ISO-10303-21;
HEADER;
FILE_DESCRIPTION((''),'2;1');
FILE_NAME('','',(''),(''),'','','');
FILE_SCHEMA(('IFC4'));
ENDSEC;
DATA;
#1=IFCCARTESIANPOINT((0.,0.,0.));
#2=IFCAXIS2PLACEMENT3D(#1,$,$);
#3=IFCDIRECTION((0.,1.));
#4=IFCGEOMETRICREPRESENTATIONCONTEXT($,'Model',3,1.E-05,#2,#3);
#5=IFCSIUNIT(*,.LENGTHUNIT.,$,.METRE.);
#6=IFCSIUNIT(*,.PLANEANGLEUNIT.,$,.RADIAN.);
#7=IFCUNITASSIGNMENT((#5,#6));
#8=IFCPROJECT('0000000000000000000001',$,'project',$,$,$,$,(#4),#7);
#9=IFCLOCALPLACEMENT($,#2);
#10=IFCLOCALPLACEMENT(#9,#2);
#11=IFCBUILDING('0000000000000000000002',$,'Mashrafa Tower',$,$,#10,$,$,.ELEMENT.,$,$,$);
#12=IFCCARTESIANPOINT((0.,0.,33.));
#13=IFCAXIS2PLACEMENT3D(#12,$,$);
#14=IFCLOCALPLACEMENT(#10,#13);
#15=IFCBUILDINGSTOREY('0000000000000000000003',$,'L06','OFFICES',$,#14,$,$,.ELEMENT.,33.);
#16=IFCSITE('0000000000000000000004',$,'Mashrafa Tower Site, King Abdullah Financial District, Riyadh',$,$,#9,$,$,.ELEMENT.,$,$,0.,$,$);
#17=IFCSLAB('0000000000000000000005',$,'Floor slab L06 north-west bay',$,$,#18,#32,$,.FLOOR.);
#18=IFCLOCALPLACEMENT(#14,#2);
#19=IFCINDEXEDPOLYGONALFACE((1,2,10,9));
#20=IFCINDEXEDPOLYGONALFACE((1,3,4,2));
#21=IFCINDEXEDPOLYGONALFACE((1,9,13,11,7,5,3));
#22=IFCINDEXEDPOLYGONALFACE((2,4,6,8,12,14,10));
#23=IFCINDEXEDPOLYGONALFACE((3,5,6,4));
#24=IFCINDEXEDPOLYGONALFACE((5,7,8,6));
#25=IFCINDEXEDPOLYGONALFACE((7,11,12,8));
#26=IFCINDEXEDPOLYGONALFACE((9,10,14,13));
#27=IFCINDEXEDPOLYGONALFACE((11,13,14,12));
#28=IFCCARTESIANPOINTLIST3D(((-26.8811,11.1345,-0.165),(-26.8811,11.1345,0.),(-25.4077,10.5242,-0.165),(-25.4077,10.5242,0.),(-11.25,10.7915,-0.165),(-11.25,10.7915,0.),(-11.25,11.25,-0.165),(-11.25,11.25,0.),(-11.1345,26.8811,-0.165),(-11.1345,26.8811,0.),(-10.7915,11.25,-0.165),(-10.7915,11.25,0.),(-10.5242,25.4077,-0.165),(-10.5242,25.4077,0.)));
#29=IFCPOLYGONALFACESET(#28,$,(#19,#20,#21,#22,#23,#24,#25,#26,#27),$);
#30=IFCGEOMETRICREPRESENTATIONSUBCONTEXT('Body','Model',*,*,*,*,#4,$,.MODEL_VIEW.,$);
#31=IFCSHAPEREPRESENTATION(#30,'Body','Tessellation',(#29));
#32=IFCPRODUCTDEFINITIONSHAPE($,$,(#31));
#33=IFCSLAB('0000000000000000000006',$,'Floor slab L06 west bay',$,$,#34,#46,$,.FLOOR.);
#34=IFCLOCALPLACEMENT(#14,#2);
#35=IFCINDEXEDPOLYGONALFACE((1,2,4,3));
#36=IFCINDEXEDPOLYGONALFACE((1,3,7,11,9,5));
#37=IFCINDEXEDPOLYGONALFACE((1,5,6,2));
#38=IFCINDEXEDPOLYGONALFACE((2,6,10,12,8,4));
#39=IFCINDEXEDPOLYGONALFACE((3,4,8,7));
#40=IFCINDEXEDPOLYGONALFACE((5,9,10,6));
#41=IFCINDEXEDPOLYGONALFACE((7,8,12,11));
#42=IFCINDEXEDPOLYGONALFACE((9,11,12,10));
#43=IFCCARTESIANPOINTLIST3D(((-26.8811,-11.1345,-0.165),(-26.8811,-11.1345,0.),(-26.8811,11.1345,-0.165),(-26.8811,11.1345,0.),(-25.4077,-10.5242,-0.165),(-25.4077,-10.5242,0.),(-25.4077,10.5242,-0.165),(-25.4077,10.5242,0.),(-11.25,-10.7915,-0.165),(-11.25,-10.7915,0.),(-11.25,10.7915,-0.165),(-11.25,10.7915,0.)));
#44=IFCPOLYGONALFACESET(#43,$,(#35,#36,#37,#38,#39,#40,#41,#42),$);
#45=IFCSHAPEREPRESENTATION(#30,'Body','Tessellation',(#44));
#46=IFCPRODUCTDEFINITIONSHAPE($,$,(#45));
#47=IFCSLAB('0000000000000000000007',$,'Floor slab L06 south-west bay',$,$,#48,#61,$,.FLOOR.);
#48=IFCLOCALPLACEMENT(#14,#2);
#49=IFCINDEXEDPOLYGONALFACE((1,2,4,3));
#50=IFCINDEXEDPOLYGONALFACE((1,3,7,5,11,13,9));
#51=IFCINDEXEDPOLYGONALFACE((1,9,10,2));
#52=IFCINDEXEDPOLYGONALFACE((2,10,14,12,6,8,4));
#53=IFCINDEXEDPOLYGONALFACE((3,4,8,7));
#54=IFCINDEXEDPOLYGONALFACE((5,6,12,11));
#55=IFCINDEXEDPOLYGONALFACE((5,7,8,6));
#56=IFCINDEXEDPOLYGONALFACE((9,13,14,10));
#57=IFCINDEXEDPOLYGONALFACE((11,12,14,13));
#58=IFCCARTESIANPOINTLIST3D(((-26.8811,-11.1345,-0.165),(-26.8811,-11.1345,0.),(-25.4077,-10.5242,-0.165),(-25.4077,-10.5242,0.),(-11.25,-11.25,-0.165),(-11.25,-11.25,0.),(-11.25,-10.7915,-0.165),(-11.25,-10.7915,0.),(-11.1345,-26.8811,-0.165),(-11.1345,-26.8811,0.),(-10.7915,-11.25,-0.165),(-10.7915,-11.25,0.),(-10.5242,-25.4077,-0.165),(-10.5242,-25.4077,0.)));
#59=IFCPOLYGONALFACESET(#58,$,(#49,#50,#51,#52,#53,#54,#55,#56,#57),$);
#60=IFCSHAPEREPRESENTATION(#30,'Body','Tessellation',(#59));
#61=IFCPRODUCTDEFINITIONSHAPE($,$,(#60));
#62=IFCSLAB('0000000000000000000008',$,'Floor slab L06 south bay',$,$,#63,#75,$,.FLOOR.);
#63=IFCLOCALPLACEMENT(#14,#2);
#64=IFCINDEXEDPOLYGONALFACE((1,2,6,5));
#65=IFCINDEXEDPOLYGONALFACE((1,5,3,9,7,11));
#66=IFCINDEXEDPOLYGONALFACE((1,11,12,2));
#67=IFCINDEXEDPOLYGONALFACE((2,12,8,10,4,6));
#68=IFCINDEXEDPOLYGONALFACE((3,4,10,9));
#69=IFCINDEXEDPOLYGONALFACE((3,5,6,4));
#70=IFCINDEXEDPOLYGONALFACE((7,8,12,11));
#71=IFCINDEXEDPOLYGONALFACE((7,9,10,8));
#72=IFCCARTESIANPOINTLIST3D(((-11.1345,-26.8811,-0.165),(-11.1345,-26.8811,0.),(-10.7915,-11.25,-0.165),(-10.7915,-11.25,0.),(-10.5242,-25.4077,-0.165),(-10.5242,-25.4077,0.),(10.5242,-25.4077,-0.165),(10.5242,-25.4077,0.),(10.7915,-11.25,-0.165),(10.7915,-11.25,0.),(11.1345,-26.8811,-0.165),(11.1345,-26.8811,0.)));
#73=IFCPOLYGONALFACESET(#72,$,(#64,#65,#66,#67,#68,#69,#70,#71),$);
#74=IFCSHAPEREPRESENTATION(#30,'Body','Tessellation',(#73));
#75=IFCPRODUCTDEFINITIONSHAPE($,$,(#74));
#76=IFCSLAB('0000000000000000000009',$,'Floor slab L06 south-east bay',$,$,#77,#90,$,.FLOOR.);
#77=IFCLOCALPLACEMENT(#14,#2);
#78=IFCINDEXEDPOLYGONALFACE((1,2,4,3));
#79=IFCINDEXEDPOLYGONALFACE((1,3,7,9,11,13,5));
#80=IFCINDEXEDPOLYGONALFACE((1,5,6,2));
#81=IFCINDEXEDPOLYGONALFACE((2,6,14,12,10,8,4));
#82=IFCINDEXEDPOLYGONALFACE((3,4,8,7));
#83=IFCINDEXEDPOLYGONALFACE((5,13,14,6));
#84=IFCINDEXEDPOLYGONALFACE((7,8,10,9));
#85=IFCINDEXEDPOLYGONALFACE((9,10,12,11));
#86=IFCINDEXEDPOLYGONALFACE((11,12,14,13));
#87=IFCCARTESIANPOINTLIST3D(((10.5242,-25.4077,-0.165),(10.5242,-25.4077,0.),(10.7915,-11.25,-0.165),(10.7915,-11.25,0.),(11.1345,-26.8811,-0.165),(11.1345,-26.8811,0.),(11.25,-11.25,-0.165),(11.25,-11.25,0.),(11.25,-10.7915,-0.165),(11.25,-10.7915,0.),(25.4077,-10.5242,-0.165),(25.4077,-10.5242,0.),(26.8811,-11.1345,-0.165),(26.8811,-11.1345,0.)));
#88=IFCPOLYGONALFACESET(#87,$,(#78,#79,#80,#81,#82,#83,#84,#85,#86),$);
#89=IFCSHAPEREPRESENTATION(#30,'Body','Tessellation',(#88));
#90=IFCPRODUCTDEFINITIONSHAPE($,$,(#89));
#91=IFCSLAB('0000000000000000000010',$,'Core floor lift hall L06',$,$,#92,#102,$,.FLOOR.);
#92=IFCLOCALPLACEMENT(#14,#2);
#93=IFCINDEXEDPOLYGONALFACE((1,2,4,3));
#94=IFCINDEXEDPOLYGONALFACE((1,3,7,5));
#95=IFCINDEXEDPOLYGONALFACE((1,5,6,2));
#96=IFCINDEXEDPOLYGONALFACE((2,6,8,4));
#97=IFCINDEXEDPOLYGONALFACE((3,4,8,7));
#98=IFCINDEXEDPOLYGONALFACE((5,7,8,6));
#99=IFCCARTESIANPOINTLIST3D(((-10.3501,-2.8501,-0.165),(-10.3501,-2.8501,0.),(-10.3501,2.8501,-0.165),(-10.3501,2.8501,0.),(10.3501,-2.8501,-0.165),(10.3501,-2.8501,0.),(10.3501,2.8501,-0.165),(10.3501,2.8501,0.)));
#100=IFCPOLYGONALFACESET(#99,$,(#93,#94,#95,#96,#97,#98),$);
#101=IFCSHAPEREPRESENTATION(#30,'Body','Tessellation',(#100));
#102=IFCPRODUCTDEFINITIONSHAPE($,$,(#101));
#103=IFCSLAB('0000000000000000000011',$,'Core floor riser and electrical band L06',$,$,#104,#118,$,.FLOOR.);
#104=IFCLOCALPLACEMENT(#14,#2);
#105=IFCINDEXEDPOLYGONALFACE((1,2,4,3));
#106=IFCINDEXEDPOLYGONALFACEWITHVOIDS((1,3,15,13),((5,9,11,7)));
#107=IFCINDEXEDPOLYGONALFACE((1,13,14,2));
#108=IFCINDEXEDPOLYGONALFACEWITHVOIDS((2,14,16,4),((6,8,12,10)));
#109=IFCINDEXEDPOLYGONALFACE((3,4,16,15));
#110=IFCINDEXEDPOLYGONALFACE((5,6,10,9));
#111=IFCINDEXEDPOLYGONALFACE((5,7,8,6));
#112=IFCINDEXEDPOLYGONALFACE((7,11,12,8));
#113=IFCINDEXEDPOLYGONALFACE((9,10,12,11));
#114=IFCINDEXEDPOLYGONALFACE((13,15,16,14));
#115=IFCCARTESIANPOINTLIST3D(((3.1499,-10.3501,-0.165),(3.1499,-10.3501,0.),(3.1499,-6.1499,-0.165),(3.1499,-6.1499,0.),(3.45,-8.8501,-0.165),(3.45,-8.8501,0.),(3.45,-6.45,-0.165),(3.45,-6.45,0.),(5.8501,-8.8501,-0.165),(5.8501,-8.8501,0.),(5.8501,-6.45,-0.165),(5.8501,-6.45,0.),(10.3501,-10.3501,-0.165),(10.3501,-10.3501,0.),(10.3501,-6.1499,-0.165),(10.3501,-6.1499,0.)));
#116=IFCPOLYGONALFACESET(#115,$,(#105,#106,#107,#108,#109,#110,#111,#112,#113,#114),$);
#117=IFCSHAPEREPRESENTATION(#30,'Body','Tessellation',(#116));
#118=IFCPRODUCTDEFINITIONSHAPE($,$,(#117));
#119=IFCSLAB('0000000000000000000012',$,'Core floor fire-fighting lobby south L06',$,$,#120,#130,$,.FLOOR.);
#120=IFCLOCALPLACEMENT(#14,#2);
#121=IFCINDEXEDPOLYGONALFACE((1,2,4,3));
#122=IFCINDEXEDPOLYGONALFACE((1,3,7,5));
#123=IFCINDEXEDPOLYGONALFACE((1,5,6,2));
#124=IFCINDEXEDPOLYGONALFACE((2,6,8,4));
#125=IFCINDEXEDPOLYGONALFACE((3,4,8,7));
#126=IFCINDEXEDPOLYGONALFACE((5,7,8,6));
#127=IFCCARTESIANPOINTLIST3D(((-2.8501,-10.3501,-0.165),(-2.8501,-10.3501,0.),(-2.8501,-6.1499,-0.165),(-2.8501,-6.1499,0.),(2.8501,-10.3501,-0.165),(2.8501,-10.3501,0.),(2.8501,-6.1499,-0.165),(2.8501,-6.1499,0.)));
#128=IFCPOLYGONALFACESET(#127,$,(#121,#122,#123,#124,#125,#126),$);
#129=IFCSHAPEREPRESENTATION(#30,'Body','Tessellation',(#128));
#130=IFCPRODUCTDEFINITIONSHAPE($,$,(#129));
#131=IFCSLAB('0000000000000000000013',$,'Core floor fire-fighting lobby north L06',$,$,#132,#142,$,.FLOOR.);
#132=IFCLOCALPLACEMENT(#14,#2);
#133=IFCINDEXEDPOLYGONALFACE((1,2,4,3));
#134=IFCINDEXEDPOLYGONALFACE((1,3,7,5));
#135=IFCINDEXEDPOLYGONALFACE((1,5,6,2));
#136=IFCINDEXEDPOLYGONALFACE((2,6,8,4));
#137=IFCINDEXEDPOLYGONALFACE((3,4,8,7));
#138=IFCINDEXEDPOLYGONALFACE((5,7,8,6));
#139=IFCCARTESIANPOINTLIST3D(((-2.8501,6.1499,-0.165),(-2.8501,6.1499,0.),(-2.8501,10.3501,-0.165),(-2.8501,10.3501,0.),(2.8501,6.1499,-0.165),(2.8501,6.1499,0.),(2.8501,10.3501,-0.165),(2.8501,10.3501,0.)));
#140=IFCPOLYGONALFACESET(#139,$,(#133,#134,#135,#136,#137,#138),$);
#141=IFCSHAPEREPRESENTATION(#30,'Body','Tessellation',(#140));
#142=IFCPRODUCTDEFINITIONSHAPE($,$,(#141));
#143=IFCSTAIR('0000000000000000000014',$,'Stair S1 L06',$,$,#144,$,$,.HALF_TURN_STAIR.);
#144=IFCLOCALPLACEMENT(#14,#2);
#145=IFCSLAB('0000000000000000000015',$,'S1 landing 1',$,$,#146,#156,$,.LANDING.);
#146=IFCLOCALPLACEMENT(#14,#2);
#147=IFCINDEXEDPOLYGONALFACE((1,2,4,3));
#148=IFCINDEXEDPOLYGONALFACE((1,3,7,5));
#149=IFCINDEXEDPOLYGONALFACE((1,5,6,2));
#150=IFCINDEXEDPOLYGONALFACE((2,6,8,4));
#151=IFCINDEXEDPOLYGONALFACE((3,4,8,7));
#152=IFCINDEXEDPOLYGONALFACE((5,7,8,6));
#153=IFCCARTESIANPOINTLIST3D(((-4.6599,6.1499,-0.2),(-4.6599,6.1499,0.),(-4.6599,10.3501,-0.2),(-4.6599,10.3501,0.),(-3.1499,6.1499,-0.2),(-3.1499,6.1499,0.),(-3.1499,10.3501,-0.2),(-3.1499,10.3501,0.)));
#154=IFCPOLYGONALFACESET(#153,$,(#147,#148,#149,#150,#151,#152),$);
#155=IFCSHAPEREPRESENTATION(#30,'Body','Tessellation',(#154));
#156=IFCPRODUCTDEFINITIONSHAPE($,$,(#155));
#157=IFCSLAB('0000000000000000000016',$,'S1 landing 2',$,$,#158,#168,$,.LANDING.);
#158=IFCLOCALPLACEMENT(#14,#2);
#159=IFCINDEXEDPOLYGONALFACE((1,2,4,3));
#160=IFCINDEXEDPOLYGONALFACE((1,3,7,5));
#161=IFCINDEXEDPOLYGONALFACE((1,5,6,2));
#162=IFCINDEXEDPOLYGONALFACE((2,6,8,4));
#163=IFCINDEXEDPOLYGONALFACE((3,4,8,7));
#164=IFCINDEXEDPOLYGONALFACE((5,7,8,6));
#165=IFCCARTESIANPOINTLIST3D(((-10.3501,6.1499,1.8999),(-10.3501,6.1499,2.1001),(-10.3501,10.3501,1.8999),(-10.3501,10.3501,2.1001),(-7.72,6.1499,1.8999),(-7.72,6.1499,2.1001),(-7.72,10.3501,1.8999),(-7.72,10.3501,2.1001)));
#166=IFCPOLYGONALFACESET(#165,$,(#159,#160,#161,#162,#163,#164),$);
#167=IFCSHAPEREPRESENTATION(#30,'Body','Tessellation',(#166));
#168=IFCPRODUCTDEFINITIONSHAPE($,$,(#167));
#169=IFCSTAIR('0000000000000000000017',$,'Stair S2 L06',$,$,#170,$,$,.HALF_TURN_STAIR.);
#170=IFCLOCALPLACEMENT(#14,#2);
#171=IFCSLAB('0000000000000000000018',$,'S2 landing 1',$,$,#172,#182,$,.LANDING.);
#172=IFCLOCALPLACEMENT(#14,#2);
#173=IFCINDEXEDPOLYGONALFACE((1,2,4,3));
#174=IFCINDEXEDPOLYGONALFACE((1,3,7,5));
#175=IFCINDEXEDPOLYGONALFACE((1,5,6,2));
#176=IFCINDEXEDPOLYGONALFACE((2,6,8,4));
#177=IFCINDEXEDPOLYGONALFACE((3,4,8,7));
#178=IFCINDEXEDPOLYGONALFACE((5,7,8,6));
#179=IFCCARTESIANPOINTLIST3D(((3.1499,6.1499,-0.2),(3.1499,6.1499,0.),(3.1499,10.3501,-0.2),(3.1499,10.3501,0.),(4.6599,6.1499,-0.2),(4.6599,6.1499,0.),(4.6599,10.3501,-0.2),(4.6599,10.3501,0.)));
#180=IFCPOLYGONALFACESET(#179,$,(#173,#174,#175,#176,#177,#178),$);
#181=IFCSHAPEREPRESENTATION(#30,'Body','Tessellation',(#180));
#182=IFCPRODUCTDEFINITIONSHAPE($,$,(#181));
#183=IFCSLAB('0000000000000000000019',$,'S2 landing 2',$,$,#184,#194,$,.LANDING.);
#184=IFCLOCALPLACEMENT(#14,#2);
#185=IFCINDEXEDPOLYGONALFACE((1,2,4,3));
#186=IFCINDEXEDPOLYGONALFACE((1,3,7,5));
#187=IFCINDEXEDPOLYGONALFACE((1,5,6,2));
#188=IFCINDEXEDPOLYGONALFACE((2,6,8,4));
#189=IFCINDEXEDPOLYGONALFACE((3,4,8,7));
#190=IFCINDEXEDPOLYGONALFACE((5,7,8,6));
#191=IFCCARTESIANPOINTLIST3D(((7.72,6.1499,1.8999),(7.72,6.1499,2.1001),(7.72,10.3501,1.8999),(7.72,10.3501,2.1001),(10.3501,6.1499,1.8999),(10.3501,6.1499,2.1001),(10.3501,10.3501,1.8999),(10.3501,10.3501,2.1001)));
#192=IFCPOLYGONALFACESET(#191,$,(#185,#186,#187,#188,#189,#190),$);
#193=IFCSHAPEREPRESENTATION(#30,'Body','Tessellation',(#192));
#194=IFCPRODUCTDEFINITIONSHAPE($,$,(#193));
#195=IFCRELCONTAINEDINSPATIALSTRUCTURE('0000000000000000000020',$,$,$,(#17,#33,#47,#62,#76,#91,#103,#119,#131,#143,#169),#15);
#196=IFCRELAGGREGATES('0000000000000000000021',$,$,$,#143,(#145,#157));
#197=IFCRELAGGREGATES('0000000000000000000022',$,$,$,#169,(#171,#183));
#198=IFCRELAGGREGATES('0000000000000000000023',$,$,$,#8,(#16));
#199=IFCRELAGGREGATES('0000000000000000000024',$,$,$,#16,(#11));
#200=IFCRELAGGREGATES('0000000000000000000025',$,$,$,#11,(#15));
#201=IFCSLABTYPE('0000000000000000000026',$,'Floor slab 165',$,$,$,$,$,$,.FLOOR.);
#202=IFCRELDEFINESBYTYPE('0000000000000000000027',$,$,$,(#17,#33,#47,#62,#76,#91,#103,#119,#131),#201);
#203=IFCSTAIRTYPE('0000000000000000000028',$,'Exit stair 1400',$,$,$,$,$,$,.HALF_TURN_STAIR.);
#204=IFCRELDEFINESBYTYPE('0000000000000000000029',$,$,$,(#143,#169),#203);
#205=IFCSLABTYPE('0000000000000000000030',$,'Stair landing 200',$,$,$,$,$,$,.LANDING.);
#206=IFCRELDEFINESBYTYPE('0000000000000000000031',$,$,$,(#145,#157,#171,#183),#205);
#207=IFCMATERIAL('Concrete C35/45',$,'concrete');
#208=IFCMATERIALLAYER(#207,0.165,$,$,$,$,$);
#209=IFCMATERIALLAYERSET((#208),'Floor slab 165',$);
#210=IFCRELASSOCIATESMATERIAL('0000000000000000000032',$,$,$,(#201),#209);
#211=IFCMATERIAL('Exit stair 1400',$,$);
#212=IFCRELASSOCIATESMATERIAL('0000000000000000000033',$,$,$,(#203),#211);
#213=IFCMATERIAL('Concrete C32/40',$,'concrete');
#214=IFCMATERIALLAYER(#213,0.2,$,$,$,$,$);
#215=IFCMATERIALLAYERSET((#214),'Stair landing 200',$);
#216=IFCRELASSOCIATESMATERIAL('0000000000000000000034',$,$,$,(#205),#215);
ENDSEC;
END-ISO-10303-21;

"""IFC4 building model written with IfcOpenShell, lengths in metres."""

from ifc_helpers import new_model, si_unit, direction, frame, origin, place, context, subcontext, project, spatial, polyline, outline, extrude, material, layer, layer_set, type_object, element, aggregate, save


model = new_model("IFC4")

# Units and contexts
model_context = context("Model", 3, precision=1e-05, world=origin(), true_north=direction((0.0, 1.0)))
body_context = subcontext(model_context, "Body", "Model", "MODEL_VIEW")
ifc_project = project(units=[si_unit("LENGTHUNIT", "METRE"), si_unit("PLANEANGLEUNIT", "RADIAN")], contexts=[model_context])

# Site, building, storey
site_placement = place(None, origin())
site = spatial("IfcSite", under=ifc_project, at=site_placement, Name="Mashrafa Tower Site, King Abdullah Financial District, Riyadh", CompositionType="ELEMENT", RefElevation=0.0)
building_placement = place(site_placement, origin())
building = spatial("IfcBuilding", under=site, at=building_placement, Name="Mashrafa Tower", CompositionType="ELEMENT")
storey_placement = place(building_placement, frame((0.0, 0.0, 33.0)))
storey = spatial("IfcBuildingStorey", under=building, at=storey_placement, Name="L06", Description="OFFICES", CompositionType="ELEMENT", Elevation=33.0)

# Slabs
ifc_material_1 = material(Name="Concrete C35/45", Category="concrete")
ifc_layer_1 = layer(ifc_material_1, 0.165)
ifc_layer_set_1 = layer_set([ifc_layer_1], Name="Floor slab 165")
slab_type_1 = type_object("IfcSlabType", Name="Floor slab 165", PredefinedType="FLOOR", material=ifc_layer_set_1)
slab_1_placement = place(storey_placement, frame((0.0, 0.0, -0.165)))
element("IfcSlab", 1, at=slab_1_placement, inside=storey, type_object=slab_type_1, Name="Floor slab L06 north-west bay", PredefinedType="FLOOR", context=body_context, shape_type="SweptSolid", body=[
    extrude(outline(polyline([(-11.1345, 26.8811), (-10.5242, 25.4077), (-10.7915, 11.25), (-11.25, 11.25), (-11.25, 10.7915), (-25.4077, 10.5242), (-26.8811, 11.1345), (-11.1345, 26.8811)])), origin(), (0.0, 0.0, 1.0), 0.165),
])
slab_2_placement = place(storey_placement, frame((0.0, 0.0, -0.165)))
element("IfcSlab", 2, at=slab_2_placement, inside=storey, type_object=slab_type_1, Name="Floor slab L06 west bay", PredefinedType="FLOOR", context=body_context, shape_type="SweptSolid", body=[
    extrude(outline(polyline([(-26.8811, -11.1345), (-26.8811, 11.1345), (-26.8811, 11.1345), (-25.4077, 10.5242), (-11.25, 10.7915), (-11.25, -10.7915), (-25.4077, -10.5242), (-26.8811, -11.1345), (-26.8811, -11.1345)])), origin(), (0.0, 0.0, 1.0), 0.165),
])
slab_3_placement = place(storey_placement, frame((0.0, 0.0, -0.165)))
element("IfcSlab", 3, at=slab_3_placement, inside=storey, type_object=slab_type_1, Name="Floor slab L06 south-west bay", PredefinedType="FLOOR", context=body_context, shape_type="SweptSolid", body=[
    extrude(outline(polyline([(-26.8811, -11.1345), (-25.4077, -10.5242), (-11.25, -10.7915), (-11.25, -11.25), (-10.7915, -11.25), (-10.5242, -25.4077), (-11.1345, -26.8811), (-26.8811, -11.1345)])), origin(), (0.0, 0.0, 1.0), 0.165),
])
slab_4_placement = place(storey_placement, frame((0.0, 0.0, -0.165)))
element("IfcSlab", 4, at=slab_4_placement, inside=storey, type_object=slab_type_1, Name="Floor slab L06 south bay", PredefinedType="FLOOR", context=body_context, shape_type="SweptSolid", body=[
    extrude(outline(polyline([(-11.1345, -26.8811), (-11.1345, -26.8811), (-10.5242, -25.4077), (-10.7915, -11.25), (10.7915, -11.25), (10.5242, -25.4077), (11.1345, -26.8811), (11.1345, -26.8811), (-11.1345, -26.8811)])), origin(), (0.0, 0.0, 1.0), 0.165),
])
slab_5_placement = place(storey_placement, frame((0.0, 0.0, -0.165)))
element("IfcSlab", 5, at=slab_5_placement, inside=storey, type_object=slab_type_1, Name="Floor slab L06 south-east bay", PredefinedType="FLOOR", context=body_context, shape_type="SweptSolid", body=[
    extrude(outline(polyline([(11.1345, -26.8811), (10.5242, -25.4077), (10.7915, -11.25), (11.25, -11.25), (11.25, -10.7915), (25.4077, -10.5242), (26.8811, -11.1345), (11.1345, -26.8811)])), origin(), (0.0, 0.0, 1.0), 0.165),
])
slab_6_placement = place(storey_placement, frame((0.0, 0.0, -0.165)))
element("IfcSlab", 6, at=slab_6_placement, inside=storey, type_object=slab_type_1, Name="Core floor lift hall L06", PredefinedType="FLOOR", context=body_context, shape_type="SweptSolid", body=[
    extrude(outline(polyline([(-10.3501, 2.8501), (10.3501, 2.8501), (10.3501, -2.8501), (-10.3501, -2.8501), (-10.3501, 2.8501)])), origin(), (0.0, 0.0, 1.0), 0.165),
])
slab_7_placement = place(storey_placement, frame((0.0, 0.0, -0.165)))
element("IfcSlab", 7, at=slab_7_placement, inside=storey, type_object=slab_type_1, Name="Core floor riser and electrical band L06", PredefinedType="FLOOR", context=body_context, shape_type="SweptSolid", body=[
    extrude(outline(polyline([(10.3501, -6.1499), (10.3501, -10.3501), (3.1499, -10.3501), (3.1499, -6.1499), (10.3501, -6.1499)]), holes=[polyline([(3.45, -8.8501), (5.8501, -8.8501), (5.8501, -6.45), (3.45, -6.45), (3.45, -8.8501)])]), origin(), (0.0, 0.0, 1.0), 0.165),
])
slab_8_placement = place(storey_placement, frame((0.0, 0.0, -0.165)))
element("IfcSlab", 8, at=slab_8_placement, inside=storey, type_object=slab_type_1, Name="Core floor fire-fighting lobby south L06", PredefinedType="FLOOR", context=body_context, shape_type="SweptSolid", body=[
    extrude(outline(polyline([(2.8501, -6.1499), (2.8501, -10.3501), (-2.8501, -10.3501), (-2.8501, -6.1499), (2.8501, -6.1499)])), origin(), (0.0, 0.0, 1.0), 0.165),
])
slab_9_placement = place(storey_placement, frame((0.0, 0.0, -0.165)))
element("IfcSlab", 9, at=slab_9_placement, inside=storey, type_object=slab_type_1, Name="Core floor fire-fighting lobby north L06", PredefinedType="FLOOR", context=body_context, shape_type="SweptSolid", body=[
    extrude(outline(polyline([(-2.8501, 10.3501), (2.8501, 10.3501), (2.8501, 6.1499), (-2.8501, 6.1499), (-2.8501, 10.3501)])), origin(), (0.0, 0.0, 1.0), 0.165),
])

# Stairs, slabs
ifc_material_2 = material(Name="Exit stair 1400")
stair_type = type_object("IfcStairType", Name="Exit stair 1400", PredefinedType="HALF_TURN_STAIR", material=ifc_material_2)
stair_1_placement = place(storey_placement, origin())
stair_1 = element("IfcStair", 10, at=stair_1_placement, inside=storey, type_object=stair_type, Name="Stair S1 L06", PredefinedType="HALF_TURN_STAIR")
ifc_material_3 = material(Name="Concrete C32/40", Category="concrete")
ifc_layer_2 = layer(ifc_material_3, 0.2)
ifc_layer_set_2 = layer_set([ifc_layer_2], Name="Stair landing 200")
slab_type_2 = type_object("IfcSlabType", Name="Stair landing 200", PredefinedType="LANDING", material=ifc_layer_set_2)
slab_10_placement = place(storey_placement, frame((0.0, 0.0, -0.2)))
slab_10 = element("IfcSlab", 11, at=slab_10_placement, type_object=slab_type_2, Name="S1 landing 1", PredefinedType="LANDING", context=body_context, shape_type="SweptSolid", body=[
    extrude(outline(polyline([(-4.6599, 6.1499), (-3.1499, 6.1499), (-3.1499, 10.3501), (-4.6599, 10.3501), (-4.6599, 6.1499)])), origin(), (0.0, 0.0, 1.0), 0.2),
])
slab_11_placement = place(storey_placement, frame((0.0, 0.0, 1.8999)))
slab_11 = element("IfcSlab", 12, at=slab_11_placement, type_object=slab_type_2, Name="S1 landing 2", PredefinedType="LANDING", context=body_context, shape_type="SweptSolid", body=[
    extrude(outline(polyline([(-10.3501, 6.1499), (-7.72, 6.1499), (-7.72, 10.3501), (-10.3501, 10.3501), (-10.3501, 6.1499)])), origin(), (0.0, 0.0, 1.0), 0.2002),
])
aggregate(stair_1, [slab_10, slab_11])
stair_2_placement = place(storey_placement, origin())
stair_2 = element("IfcStair", 13, at=stair_2_placement, inside=storey, type_object=stair_type, Name="Stair S2 L06", PredefinedType="HALF_TURN_STAIR")
slab_12_placement = place(storey_placement, frame((0.0, 0.0, -0.2)))
slab_12 = element("IfcSlab", 14, at=slab_12_placement, type_object=slab_type_2, Name="S2 landing 1", PredefinedType="LANDING", context=body_context, shape_type="SweptSolid", body=[
    extrude(outline(polyline([(3.1499, 6.1499), (4.6599, 6.1499), (4.6599, 10.3501), (3.1499, 10.3501), (3.1499, 6.1499)])), origin(), (0.0, 0.0, 1.0), 0.2),
])
slab_13_placement = place(storey_placement, frame((0.0, 0.0, 1.8999)))
slab_13 = element("IfcSlab", 15, at=slab_13_placement, type_object=slab_type_2, Name="S2 landing 2", PredefinedType="LANDING", context=body_context, shape_type="SweptSolid", body=[
    extrude(outline(polyline([(7.72, 6.1499), (10.3501, 6.1499), (10.3501, 10.3501), (7.72, 10.3501), (7.72, 6.1499)])), origin(), (0.0, 0.0, 1.0), 0.2002),
])
aggregate(stair_2, [slab_12, slab_13])

save(model, "model.ifc")
